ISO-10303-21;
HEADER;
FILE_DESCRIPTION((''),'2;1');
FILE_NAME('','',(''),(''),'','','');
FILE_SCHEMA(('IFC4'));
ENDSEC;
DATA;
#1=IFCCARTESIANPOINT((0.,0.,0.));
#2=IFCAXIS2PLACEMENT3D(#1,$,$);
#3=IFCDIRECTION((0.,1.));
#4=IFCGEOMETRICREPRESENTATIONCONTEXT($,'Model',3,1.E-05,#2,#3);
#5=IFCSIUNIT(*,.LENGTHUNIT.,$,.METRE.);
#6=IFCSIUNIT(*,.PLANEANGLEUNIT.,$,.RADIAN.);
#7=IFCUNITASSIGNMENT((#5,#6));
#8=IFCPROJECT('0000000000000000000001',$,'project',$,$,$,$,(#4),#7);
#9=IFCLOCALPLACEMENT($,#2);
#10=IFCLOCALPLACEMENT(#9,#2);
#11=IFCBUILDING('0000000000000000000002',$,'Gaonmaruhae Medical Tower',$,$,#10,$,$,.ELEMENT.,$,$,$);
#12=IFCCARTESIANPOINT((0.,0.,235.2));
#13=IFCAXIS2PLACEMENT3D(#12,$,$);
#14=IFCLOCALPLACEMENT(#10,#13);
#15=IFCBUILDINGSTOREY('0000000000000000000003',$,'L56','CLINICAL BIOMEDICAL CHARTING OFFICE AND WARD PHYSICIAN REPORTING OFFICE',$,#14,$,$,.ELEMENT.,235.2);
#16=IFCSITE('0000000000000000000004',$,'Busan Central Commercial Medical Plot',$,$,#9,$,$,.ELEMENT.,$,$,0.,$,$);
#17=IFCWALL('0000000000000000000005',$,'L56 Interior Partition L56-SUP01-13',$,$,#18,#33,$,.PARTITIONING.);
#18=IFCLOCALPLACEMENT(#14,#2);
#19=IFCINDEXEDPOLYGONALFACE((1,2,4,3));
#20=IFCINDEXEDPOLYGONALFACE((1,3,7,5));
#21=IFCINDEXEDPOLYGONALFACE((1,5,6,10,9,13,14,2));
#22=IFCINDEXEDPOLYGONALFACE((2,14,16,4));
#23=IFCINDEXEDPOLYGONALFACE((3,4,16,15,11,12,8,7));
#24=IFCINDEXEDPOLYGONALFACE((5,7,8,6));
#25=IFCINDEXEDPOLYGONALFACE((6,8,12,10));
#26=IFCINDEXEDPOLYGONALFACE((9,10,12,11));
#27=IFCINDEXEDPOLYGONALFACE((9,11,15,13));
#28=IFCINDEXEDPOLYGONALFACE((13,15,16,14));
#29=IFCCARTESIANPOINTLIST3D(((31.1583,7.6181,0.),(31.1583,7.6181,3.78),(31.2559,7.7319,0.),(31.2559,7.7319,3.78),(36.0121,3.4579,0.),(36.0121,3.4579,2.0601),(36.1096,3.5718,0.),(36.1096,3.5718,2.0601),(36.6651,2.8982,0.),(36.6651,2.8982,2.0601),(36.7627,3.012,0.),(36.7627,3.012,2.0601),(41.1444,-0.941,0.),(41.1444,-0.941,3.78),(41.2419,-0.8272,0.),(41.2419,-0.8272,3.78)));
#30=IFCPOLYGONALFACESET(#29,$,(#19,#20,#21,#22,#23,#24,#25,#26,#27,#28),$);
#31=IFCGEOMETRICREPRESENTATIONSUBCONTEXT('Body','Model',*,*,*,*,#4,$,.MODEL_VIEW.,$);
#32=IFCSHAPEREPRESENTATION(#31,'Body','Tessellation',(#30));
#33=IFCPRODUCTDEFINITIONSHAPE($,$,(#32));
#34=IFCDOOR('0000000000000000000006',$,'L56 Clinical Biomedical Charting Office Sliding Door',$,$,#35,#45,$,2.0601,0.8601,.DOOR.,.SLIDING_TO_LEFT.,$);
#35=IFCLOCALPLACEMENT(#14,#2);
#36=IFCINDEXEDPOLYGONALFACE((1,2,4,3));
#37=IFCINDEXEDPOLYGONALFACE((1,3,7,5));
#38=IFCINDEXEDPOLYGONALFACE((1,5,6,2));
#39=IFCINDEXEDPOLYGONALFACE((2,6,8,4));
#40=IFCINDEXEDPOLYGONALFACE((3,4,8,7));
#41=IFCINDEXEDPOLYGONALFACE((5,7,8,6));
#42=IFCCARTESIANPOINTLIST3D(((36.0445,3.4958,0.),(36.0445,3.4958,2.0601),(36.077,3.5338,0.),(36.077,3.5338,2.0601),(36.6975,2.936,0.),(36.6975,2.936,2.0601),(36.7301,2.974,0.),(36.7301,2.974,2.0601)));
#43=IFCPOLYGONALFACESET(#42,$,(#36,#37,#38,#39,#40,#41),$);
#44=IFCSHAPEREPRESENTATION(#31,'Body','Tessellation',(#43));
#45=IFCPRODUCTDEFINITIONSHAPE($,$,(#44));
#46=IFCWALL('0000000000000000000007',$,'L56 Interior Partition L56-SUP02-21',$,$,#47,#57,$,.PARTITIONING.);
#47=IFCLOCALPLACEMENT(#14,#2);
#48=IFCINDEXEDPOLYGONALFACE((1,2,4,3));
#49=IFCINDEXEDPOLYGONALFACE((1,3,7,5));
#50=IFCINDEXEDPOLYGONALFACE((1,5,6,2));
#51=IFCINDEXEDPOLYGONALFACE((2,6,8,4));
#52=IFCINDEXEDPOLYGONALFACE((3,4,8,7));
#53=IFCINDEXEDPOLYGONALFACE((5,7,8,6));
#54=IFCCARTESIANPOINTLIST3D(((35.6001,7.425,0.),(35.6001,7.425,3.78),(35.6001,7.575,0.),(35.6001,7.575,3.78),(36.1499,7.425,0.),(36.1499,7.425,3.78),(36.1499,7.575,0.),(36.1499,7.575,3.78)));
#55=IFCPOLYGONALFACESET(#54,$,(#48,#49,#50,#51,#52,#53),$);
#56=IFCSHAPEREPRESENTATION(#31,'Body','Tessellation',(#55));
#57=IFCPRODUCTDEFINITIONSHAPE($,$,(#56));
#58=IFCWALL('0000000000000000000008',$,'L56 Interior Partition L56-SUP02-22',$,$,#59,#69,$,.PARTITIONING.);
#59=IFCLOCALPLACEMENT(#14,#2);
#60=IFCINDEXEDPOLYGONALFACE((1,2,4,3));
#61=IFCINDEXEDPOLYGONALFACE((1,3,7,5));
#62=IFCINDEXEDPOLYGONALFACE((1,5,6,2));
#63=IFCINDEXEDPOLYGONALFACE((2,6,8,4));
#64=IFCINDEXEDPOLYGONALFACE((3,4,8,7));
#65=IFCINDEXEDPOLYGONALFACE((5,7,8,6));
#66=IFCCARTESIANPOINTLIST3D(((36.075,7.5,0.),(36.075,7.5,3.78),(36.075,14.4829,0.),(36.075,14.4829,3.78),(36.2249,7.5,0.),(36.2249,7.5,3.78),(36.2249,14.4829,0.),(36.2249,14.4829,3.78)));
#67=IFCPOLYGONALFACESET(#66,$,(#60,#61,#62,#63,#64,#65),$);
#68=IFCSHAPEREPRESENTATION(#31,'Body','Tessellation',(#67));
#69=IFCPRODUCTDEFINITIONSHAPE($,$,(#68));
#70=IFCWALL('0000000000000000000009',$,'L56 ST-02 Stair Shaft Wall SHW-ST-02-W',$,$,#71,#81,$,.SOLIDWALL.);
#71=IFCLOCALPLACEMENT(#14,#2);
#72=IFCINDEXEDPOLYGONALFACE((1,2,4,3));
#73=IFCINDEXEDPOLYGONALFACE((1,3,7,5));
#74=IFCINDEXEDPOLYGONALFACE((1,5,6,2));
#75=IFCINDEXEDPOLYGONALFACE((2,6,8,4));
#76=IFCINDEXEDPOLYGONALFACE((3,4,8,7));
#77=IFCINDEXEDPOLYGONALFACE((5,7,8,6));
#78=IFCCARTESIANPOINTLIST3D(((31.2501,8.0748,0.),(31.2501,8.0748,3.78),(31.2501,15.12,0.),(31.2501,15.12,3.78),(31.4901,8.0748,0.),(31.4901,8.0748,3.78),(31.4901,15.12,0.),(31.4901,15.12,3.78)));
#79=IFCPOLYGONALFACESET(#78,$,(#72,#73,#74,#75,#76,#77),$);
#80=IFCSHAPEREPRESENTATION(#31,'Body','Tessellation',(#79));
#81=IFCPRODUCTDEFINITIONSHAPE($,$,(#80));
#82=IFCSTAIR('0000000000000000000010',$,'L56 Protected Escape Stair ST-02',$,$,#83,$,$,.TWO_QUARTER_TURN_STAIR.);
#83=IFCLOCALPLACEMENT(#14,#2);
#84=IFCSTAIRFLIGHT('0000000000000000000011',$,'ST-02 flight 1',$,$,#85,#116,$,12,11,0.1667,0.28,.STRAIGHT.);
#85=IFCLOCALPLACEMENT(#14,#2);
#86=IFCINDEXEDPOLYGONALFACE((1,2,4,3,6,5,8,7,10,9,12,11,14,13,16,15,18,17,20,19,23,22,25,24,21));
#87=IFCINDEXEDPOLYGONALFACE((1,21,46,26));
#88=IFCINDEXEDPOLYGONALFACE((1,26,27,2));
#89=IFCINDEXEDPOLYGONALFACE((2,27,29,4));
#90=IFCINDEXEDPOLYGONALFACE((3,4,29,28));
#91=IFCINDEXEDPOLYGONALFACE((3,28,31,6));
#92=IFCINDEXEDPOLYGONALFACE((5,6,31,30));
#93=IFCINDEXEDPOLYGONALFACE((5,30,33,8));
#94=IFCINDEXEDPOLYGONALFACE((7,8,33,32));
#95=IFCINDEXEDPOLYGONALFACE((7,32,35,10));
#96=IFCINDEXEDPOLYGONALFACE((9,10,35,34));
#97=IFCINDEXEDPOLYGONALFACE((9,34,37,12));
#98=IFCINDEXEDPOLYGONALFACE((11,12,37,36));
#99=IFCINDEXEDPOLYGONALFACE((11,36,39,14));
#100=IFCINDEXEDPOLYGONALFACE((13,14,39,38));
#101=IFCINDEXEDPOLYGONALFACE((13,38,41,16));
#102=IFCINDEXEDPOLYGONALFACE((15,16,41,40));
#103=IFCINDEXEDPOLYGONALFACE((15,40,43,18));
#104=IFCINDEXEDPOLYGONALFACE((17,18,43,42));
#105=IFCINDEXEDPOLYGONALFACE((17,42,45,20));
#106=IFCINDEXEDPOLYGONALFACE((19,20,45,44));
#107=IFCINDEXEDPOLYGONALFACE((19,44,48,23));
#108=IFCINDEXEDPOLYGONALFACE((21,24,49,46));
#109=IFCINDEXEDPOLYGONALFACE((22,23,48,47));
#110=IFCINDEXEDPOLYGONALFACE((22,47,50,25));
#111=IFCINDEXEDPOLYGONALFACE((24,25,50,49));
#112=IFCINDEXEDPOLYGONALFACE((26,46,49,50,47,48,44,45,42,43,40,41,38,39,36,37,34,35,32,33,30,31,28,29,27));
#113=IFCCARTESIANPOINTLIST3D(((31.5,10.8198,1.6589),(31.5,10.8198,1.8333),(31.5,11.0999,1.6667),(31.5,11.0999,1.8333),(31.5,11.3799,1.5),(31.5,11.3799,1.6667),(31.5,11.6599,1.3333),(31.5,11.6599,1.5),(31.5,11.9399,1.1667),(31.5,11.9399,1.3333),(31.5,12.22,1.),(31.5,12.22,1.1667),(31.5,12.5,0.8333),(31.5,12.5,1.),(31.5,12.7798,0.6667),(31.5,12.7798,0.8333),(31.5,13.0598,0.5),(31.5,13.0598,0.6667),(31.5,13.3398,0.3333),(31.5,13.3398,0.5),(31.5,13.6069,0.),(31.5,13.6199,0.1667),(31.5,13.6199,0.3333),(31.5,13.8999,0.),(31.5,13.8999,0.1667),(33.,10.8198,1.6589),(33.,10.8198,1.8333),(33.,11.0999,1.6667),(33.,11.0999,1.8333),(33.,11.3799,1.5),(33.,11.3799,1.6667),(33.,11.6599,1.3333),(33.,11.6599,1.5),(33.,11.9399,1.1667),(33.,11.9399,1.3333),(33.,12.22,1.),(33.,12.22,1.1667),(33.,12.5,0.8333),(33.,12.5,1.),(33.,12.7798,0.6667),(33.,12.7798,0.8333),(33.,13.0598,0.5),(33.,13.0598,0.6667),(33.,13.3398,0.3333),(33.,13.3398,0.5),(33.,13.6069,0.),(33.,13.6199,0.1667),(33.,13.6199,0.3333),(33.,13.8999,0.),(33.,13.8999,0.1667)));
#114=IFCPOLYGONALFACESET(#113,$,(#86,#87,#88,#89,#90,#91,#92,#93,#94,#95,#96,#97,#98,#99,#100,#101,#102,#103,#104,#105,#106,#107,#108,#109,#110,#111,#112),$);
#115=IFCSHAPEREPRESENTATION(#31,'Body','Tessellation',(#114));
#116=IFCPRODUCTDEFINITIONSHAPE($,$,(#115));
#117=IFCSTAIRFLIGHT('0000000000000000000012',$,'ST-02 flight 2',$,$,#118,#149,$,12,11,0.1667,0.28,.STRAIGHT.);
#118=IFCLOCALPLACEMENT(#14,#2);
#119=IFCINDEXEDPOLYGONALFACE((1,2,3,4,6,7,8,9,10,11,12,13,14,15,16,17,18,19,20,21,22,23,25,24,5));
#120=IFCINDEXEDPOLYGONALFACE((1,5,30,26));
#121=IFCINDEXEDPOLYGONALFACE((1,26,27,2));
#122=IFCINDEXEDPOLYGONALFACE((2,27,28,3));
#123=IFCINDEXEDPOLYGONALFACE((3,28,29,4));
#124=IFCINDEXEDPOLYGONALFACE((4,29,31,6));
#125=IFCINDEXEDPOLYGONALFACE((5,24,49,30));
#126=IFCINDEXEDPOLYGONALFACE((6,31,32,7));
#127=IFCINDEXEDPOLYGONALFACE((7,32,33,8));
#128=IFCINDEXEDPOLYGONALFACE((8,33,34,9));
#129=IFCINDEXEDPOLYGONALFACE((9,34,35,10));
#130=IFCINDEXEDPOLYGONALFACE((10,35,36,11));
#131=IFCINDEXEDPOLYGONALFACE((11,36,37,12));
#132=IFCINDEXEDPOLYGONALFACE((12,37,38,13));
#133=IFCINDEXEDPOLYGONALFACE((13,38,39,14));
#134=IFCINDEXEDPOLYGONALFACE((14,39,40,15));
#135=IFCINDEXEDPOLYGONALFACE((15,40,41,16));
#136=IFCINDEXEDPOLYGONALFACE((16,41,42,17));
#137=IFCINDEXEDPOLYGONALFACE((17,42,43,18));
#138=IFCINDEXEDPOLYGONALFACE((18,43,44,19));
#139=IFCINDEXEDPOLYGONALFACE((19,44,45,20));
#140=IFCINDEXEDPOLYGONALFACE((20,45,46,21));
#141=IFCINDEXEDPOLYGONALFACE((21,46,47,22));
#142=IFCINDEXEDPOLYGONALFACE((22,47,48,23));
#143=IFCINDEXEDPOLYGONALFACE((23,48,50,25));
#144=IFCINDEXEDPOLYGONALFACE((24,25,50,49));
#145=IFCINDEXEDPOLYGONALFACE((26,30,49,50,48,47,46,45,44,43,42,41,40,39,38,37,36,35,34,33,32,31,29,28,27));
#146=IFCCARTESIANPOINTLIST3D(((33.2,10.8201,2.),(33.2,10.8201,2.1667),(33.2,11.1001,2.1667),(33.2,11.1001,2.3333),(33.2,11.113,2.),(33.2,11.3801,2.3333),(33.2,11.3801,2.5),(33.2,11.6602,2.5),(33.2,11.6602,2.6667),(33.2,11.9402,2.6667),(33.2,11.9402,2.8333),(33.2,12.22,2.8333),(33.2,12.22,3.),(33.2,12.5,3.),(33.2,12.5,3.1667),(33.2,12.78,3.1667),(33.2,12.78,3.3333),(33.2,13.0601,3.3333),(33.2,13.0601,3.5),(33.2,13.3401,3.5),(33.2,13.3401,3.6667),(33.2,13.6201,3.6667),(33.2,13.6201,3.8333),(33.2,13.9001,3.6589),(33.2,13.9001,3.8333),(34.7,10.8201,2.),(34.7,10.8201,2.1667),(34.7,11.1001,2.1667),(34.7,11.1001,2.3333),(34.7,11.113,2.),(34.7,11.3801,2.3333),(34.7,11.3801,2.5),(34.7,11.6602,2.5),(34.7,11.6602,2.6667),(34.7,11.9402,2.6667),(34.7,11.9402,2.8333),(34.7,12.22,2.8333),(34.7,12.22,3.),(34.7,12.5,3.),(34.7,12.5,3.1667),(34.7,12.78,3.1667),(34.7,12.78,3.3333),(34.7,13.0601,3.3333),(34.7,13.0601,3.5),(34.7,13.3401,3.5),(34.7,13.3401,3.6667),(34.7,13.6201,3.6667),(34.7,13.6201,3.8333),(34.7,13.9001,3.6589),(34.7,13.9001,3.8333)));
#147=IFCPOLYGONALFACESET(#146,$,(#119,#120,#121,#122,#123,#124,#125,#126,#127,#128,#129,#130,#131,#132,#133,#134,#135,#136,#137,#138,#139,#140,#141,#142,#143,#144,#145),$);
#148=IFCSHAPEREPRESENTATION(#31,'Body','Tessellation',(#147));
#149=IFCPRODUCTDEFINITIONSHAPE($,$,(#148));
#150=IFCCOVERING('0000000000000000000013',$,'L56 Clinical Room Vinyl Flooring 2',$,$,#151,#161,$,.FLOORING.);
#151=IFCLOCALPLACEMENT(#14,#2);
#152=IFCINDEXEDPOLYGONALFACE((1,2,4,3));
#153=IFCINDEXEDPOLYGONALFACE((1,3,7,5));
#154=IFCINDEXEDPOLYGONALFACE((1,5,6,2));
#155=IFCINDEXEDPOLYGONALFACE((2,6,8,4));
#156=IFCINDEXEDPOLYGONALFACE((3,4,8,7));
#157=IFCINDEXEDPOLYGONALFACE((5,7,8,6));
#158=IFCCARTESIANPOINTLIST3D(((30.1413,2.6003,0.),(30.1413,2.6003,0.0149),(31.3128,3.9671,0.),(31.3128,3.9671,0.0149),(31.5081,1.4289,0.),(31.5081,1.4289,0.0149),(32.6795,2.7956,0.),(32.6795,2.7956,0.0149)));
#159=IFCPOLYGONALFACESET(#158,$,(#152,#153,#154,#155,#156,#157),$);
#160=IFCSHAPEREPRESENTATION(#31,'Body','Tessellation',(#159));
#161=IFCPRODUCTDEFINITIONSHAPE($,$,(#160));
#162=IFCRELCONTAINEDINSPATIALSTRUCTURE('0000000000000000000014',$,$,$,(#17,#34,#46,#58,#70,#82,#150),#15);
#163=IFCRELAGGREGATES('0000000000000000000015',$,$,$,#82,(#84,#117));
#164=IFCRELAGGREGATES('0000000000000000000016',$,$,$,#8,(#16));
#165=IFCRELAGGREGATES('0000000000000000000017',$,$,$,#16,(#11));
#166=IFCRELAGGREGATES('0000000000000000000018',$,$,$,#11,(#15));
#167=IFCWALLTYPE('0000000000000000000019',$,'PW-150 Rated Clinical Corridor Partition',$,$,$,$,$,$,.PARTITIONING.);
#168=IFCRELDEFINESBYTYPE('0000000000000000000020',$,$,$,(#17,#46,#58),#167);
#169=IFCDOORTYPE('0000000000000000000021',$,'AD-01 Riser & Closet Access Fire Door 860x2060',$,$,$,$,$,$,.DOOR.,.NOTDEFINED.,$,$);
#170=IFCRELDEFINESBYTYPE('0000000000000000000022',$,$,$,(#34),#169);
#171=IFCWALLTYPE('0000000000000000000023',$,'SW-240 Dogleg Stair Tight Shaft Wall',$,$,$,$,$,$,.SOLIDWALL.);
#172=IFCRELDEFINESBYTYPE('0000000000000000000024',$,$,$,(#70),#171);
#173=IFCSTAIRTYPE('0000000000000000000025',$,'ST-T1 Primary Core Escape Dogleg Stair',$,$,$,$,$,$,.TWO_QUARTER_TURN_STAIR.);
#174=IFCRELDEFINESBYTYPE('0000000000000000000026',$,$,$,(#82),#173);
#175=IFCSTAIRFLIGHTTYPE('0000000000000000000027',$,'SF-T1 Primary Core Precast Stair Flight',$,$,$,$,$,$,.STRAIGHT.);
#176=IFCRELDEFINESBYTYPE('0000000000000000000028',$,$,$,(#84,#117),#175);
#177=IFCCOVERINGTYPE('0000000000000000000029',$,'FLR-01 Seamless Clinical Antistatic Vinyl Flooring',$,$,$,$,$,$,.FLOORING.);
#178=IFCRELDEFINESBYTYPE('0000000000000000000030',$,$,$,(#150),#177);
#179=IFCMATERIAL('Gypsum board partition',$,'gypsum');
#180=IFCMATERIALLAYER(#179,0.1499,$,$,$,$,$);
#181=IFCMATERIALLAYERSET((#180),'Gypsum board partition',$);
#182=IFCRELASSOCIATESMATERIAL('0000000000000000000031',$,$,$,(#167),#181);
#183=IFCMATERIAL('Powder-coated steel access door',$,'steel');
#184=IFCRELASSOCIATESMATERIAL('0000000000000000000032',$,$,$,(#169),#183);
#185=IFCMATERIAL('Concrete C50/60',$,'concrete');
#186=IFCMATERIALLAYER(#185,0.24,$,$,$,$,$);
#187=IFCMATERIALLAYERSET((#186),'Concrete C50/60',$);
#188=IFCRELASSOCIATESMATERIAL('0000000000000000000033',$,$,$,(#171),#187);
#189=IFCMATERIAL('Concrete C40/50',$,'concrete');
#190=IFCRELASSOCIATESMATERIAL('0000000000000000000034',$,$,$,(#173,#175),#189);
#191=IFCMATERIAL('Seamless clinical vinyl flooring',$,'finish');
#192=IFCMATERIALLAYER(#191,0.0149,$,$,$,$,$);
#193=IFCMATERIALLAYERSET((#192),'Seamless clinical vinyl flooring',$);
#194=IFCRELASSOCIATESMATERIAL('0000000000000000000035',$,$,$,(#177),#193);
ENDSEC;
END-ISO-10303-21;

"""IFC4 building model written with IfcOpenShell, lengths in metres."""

from ifc_helpers import new_model, si_unit, direction, frame, frame_2d, origin, origin_2d, place, context, subcontext, project, spatial, polyline, rectangle, outline, extrude, material, layer, layer_set, type_object, element, fill, aggregate, save


model = new_model("IFC4")

# Units and contexts
model_context = context("Model", 3, precision=1e-05, world=origin(), true_north=direction((0.0, 1.0)))
body_context = subcontext(model_context, "Body", "Model", "MODEL_VIEW")
ifc_project = project(units=[si_unit("LENGTHUNIT", "METRE"), si_unit("PLANEANGLEUNIT", "RADIAN")], contexts=[model_context])

# Site, building, storey
site_placement = place(None, origin())
site = spatial("IfcSite", under=ifc_project, at=site_placement, Name="Busan Central Commercial Medical Plot", CompositionType="ELEMENT", RefElevation=0.0)
building_placement = place(site_placement, origin())
building = spatial("IfcBuilding", under=site, at=building_placement, Name="Gaonmaruhae Medical Tower", CompositionType="ELEMENT")
storey_placement = place(building_placement, frame((0.0, 0.0, 235.2)))
storey = spatial("IfcBuildingStorey", under=building, at=storey_placement, Name="L56", Description="CLINICAL BIOMEDICAL CHARTING OFFICE AND WARD PHYSICIAN REPORTING OFFICE", CompositionType="ELEMENT", Elevation=235.2)

# Shared definitions
ifc_material_1 = material(Name="Concrete C50/60", Category="concrete")

# Wall, opening, door
ifc_material_2 = material(Name="Gypsum board partition", Category="gypsum")
ifc_layer_1 = layer(ifc_material_2, 0.1499)
ifc_layer_set_1 = layer_set([ifc_layer_1], Name="Gypsum board partition")
wall_type_1 = type_object("IfcWallType", Name="PW-150 Rated Clinical Corridor Partition", PredefinedType="PARTITIONING", material=ifc_layer_set_1)
wall_1_placement = place(storey_placement, frame((31.207, 7.675, 0.0), z_axis=(0.0, 0.0, 1.0), x_axis=(0.759272, -0.650773, 0.0)))
wall_1 = element("IfcWall", 1, at=wall_1_placement, inside=storey, type_object=wall_type_1, Name="L56 Interior Partition L56-SUP01-13", PredefinedType="PARTITIONING", context=body_context, shape_type="SweptSolid", body=[
    extrude(rectangle(XDim=13.1521, YDim=0.1499, at=frame_2d((6.5762, 0.0))), origin(), (0.0, 0.0, 1.0), 3.78),
])
opening_placement = place(wall_1_placement, frame((6.3926, 0.0, 0.0)))
opening = element("IfcOpeningElement", 2, at=opening_placement, cuts=wall_1, PredefinedType="OPENING", context=body_context, shape_type="SweptSolid", body=[
    extrude(rectangle(XDim=0.8601, YDim=2.0601, at=frame_2d((0.4302, 1.03))), frame((0.0, 0.085, 0.0), z_axis=(0.0, -1.0, 0.0), x_axis=(1.0, 0.0, 0.0)), (0.0, 0.0, 1.0), 0.1699),
])
ifc_material_3 = material(Name="Powder-coated steel access door", Category="steel")
door_type = type_object("IfcDoorType", Name="AD-01 Riser & Closet Access Fire Door 860x2060", OperationType="NOTDEFINED", PredefinedType="DOOR", material=ifc_material_3)
door_placement = place(opening_placement, origin())
door = element("IfcDoor", 3, at=door_placement, inside=storey, type_object=door_type, Name="L56 Clinical Biomedical Charting Office Sliding Door", OperationType="SLIDING_TO_LEFT", OverallHeight=2.0601, OverallWidth=0.8601, PredefinedType="DOOR", context=body_context, shape_type="SweptSolid", body=[
    extrude(rectangle(XDim=0.8601, YDim=2.0601, at=frame_2d((0.4302, 1.03))), frame((0.0, 0.0249, 0.0), z_axis=(0.0, -1.0, 0.0), x_axis=(1.0, 0.0, 0.0)), (0.0, 0.0, 1.0), 0.05),
])
fill(opening, door)

# Walls
wall_2_placement = place(storey_placement, frame((35.6001, 7.5, 0.0), z_axis=(0.0, 0.0, 1.0), x_axis=(1.0, 0.0, 0.0)))
element("IfcWall", 4, at=wall_2_placement, inside=storey, type_object=wall_type_1, Name="L56 Interior Partition L56-SUP02-21", PredefinedType="PARTITIONING", context=body_context, shape_type="SweptSolid", body=[
    extrude(rectangle(XDim=0.5498, YDim=0.1499, at=frame_2d((0.2749, 0.0))), origin(), (0.0, 0.0, 1.0), 3.78),
])
wall_3_placement = place(storey_placement, frame((36.1499, 7.5, 0.0), z_axis=(0.0, 0.0, 1.0), x_axis=(0.0, 1.0, 0.0)))
element("IfcWall", 5, at=wall_3_placement, inside=storey, type_object=wall_type_1, Name="L56 Interior Partition L56-SUP02-22", PredefinedType="PARTITIONING", context=body_context, shape_type="SweptSolid", body=[
    extrude(rectangle(XDim=6.9829, YDim=0.1499, at=frame_2d((3.4915, 0.0))), origin(), (0.0, 0.0, 1.0), 3.78),
])
ifc_layer_2 = layer(ifc_material_1, 0.24)
ifc_layer_set_2 = layer_set([ifc_layer_2], Name="Concrete C50/60")
wall_type_2 = type_object("IfcWallType", Name="SW-240 Dogleg Stair Tight Shaft Wall", PredefinedType="SOLIDWALL", material=ifc_layer_set_2)
wall_4_placement = place(storey_placement, frame((31.3701, 8.075, 0.0), z_axis=(0.0, 0.0, 1.0), x_axis=(0.0, 1.0, 0.0)))
element("IfcWall", 6, at=wall_4_placement, inside=storey, type_object=wall_type_2, Name="L56 ST-02 Stair Shaft Wall SHW-ST-02-W", PredefinedType="SOLIDWALL", context=body_context, shape_type="SweptSolid", body=[
    extrude(rectangle(XDim=7.0452, YDim=0.24, at=frame_2d((3.5225, 0.0))), origin(), (0.0, 0.0, 1.0), 3.78),
])

# Stair, stair flights
ifc_material_4 = material(Name="Concrete C40/50", Category="concrete")
stair_type = type_object("IfcStairType", Name="ST-T1 Primary Core Escape Dogleg Stair", PredefinedType="TWO_QUARTER_TURN_STAIR", material=ifc_material_4)
stair_placement = place(storey_placement, origin())
stair = element("IfcStair", 7, at=stair_placement, inside=storey, type_object=stair_type, Name="L56 Protected Escape Stair ST-02", PredefinedType="TWO_QUARTER_TURN_STAIR")
stair_flight_type = type_object("IfcStairFlightType", Name="SF-T1 Primary Core Precast Stair Flight", PredefinedType="STRAIGHT", material=ifc_material_4)
stair_flight_1_placement = place(storey_placement, frame((32.25, 13.8999, 0.0), z_axis=(0.0, 0.0, 1.0), x_axis=(0.0, -1.0, 0.0)))
stair_flight_1 = element("IfcStairFlight", 8, at=stair_flight_1_placement, type_object=stair_flight_type, Name="ST-02 flight 1", NumberOfRisers=12, NumberOfTreads=11, PredefinedType="STRAIGHT", RiserHeight=0.1667, TreadLength=0.28, context=body_context, shape_type="SweptSolid", body=[
    extrude(outline(polyline([(0.0, 0.0), (0.0, 0.1667), (0.28, 0.1667), (0.28, 0.3333), (0.5601, 0.3333), (0.5601, 0.5), (0.8401, 0.5), (0.8401, 0.6667), (1.1201, 0.6667), (1.1201, 0.8333), (1.3999, 0.8333), (1.3999, 1.0), (1.6799, 1.0), (1.6799, 1.1667), (1.96, 1.1667), (1.96, 1.3333), (2.24, 1.3333), (2.24, 1.5), (2.52, 1.5), (2.52, 1.6667), (2.8, 1.6667), (2.8, 1.8333), (3.0801, 1.8333), (3.0801, 2.0), (3.0801, 1.6589), (0.293, 0.0), (0.0, 0.0)])), frame((0.0, 0.75, 0.0), z_axis=(0.0, -1.0, 0.0), x_axis=(1.0, 0.0, 0.0)), (0.0, 0.0, 1.0), 1.5),
])
stair_flight_2_placement = place(storey_placement, frame((33.95, 10.8201, 2.0), z_axis=(0.0, 0.0, 1.0), x_axis=(0.0, 1.0, 0.0)))
stair_flight_2 = element("IfcStairFlight", 9, at=stair_flight_2_placement, type_object=stair_flight_type, Name="ST-02 flight 2", NumberOfRisers=12, NumberOfTreads=11, PredefinedType="STRAIGHT", RiserHeight=0.1667, TreadLength=0.28, context=body_context, shape_type="SweptSolid", body=[
    extrude(outline(polyline([(0.0, 0.0), (0.0, 0.1667), (0.28, 0.1667), (0.28, 0.3333), (0.5601, 0.3333), (0.5601, 0.5), (0.8401, 0.5), (0.8401, 0.6667), (1.1201, 0.6667), (1.1201, 0.8333), (1.3999, 0.8333), (1.3999, 1.0), (1.6799, 1.0), (1.6799, 1.1667), (1.96, 1.1667), (1.96, 1.3333), (2.24, 1.3333), (2.24, 1.5), (2.52, 1.5), (2.52, 1.6667), (2.8, 1.6667), (2.8, 1.8333), (3.0801, 1.8333), (3.0801, 2.0), (3.0801, 1.6589), (0.293, 0.0), (0.0, 0.0)])), frame((0.0, 0.75, 0.0), z_axis=(0.0, -1.0, 0.0), x_axis=(1.0, 0.0, 0.0)), (0.0, 0.0, 1.0), 1.5),
])
aggregate(stair, [stair_flight_1, stair_flight_2])

# Covering
ifc_material_5 = material(Name="Seamless clinical vinyl flooring", Category="finish")
ifc_layer_3 = layer(ifc_material_5, 0.0149)
ifc_layer_set_3 = layer_set([ifc_layer_3], Name="Seamless clinical vinyl flooring")
covering_type = type_object("IfcCoveringType", Name="FLR-01 Seamless Clinical Antistatic Vinyl Flooring", PredefinedType="FLOORING", material=ifc_layer_set_3)
covering_placement = place(storey_placement, frame((31.4104, 2.698, 0.0), z_axis=(0.0, 0.0, 1.0), x_axis=(0.650774, 0.759271, 0.0)))
element("IfcCovering", 10, at=covering_placement, inside=storey, type_object=covering_type, Name="L56 Clinical Room Vinyl Flooring 2", PredefinedType="FLOORING", context=body_context, shape_type="SweptSolid", body=[
    extrude(rectangle(XDim=1.8, YDim=1.8, at=origin_2d()), origin(), (0.0, 0.0, 1.0), 0.0149),
])

save(model, "model.ifc")
